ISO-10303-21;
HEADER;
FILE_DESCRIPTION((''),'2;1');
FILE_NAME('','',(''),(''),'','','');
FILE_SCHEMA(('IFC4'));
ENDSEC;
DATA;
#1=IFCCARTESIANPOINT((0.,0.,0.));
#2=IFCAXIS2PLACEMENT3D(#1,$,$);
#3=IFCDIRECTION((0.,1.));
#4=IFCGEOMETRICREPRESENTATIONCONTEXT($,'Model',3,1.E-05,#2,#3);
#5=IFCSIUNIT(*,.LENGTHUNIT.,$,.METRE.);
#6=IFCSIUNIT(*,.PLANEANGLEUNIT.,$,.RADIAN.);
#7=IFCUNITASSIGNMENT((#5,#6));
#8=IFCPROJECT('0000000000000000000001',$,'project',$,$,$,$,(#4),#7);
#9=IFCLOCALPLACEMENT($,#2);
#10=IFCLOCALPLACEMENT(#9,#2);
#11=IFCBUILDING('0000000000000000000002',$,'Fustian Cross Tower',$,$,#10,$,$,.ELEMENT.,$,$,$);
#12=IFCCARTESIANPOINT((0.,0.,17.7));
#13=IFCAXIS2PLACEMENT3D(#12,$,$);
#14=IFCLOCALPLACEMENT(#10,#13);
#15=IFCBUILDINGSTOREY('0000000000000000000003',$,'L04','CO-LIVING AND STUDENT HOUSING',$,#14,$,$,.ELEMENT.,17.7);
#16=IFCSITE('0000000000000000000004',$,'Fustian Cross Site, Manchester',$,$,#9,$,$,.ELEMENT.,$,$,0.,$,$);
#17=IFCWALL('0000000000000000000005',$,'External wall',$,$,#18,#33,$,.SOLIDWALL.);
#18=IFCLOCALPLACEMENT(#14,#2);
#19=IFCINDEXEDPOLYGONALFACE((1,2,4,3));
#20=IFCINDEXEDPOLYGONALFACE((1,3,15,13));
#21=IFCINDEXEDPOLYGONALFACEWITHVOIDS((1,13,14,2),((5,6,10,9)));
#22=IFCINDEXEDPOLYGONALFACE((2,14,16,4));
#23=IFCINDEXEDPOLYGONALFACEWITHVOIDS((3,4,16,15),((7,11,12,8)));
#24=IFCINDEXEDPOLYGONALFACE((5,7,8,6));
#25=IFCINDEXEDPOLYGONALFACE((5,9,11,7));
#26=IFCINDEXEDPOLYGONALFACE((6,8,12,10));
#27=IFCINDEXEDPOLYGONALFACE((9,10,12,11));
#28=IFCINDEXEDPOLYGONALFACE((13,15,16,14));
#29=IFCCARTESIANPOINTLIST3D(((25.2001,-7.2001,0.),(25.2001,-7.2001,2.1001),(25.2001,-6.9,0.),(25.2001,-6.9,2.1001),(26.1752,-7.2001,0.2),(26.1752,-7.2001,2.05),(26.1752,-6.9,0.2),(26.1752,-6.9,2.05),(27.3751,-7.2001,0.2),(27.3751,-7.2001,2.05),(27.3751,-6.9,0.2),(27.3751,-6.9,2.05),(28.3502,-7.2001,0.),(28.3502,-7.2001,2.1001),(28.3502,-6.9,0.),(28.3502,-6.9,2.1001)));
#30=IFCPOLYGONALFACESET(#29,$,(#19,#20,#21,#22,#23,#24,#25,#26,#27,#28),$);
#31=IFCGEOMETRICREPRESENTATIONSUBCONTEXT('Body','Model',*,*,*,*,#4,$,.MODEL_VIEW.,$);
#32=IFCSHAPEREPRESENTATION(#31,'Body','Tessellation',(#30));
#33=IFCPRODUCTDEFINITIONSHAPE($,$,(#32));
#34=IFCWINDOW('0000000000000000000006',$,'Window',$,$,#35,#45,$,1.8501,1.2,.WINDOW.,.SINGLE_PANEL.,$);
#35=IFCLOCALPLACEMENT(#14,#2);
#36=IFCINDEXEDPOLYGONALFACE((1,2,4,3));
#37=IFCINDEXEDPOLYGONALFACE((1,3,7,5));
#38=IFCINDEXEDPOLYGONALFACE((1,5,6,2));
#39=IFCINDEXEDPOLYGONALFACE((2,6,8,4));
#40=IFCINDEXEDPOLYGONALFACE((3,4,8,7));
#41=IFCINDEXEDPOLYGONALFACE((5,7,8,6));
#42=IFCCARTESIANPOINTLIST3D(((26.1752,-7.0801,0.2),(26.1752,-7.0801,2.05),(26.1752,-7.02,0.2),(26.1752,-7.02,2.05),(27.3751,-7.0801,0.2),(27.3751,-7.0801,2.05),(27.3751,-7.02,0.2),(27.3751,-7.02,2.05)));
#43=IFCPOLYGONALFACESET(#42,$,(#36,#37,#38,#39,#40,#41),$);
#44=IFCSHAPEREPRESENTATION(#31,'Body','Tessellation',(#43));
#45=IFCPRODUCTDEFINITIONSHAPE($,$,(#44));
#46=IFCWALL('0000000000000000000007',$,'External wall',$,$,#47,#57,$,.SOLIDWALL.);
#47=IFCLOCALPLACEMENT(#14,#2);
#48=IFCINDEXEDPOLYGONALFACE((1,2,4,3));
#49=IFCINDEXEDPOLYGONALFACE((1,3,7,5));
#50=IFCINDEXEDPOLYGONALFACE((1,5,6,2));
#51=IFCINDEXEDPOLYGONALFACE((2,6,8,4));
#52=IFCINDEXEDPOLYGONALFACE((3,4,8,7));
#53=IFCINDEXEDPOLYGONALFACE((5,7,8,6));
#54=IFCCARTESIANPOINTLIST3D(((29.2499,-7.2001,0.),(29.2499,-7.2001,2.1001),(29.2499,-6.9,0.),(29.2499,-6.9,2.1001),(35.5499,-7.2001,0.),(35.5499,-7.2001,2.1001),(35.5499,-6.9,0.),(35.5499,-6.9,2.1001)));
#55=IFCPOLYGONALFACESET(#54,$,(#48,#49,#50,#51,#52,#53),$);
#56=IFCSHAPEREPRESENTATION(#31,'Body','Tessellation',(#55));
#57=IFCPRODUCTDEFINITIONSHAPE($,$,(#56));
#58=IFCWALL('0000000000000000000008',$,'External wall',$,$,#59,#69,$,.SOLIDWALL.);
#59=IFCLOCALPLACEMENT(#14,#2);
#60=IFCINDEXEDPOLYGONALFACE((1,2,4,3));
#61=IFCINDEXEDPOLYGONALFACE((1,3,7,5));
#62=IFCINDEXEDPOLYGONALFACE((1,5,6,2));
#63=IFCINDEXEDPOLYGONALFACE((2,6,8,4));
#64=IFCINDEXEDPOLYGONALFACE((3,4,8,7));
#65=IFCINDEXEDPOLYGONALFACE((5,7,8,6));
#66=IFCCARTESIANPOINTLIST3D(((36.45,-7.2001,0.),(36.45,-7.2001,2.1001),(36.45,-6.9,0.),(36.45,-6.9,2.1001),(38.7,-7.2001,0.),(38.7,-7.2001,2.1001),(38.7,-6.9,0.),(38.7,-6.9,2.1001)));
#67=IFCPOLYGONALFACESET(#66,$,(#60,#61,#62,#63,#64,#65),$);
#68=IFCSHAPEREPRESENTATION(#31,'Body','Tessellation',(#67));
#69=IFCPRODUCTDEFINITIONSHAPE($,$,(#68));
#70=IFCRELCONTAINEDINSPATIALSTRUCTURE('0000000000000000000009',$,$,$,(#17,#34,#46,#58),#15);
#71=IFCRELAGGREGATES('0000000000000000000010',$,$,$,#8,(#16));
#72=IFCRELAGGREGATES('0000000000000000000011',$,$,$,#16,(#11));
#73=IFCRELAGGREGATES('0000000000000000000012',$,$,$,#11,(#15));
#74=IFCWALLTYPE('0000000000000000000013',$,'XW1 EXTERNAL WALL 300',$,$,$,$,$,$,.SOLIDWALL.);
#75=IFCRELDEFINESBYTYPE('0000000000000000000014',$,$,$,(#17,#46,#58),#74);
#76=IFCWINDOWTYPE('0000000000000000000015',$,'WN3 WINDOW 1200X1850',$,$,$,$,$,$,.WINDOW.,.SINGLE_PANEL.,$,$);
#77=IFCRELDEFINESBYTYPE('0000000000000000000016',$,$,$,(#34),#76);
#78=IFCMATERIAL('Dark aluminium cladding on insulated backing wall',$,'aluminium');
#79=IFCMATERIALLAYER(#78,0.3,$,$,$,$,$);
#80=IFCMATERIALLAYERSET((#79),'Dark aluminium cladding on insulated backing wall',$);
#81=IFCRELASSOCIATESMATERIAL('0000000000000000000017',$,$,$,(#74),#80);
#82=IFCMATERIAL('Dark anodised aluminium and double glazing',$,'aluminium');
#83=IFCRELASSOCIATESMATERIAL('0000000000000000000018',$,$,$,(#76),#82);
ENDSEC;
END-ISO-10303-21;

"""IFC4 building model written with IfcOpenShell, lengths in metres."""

from ifc_helpers import new_model, si_unit, direction, frame, frame_2d, origin, place, context, subcontext, project, spatial, rectangle, extrude, material, layer, layer_set, type_object, element, fill, save


model = new_model("IFC4")

# Units and contexts
model_context = context("Model", 3, precision=1e-05, world=origin(), true_north=direction((0.0, 1.0)))
body_context = subcontext(model_context, "Body", "Model", "MODEL_VIEW")
ifc_project = project(units=[si_unit("LENGTHUNIT", "METRE"), si_unit("PLANEANGLEUNIT", "RADIAN")], contexts=[model_context])

# Site, building, storey
site_placement = place(None, origin())
site = spatial("IfcSite", under=ifc_project, at=site_placement, Name="Fustian Cross Site, Manchester", CompositionType="ELEMENT", RefElevation=0.0)
building_placement = place(site_placement, origin())
building = spatial("IfcBuilding", under=site, at=building_placement, Name="Fustian Cross Tower", CompositionType="ELEMENT")
storey_placement = place(building_placement, frame((0.0, 0.0, 17.7)))
storey = spatial("IfcBuildingStorey", under=building, at=storey_placement, Name="L04", Description="CO-LIVING AND STUDENT HOUSING", CompositionType="ELEMENT", Elevation=17.7)

# Wall, opening, window
ifc_material_1 = material(Name="Dark aluminium cladding on insulated backing wall", Category="aluminium")
ifc_layer_1 = layer(ifc_material_1, 0.3)
ifc_layer_set_1 = layer_set([ifc_layer_1], Name="Dark aluminium cladding on insulated backing wall")
wall_type_1 = type_object("IfcWallType", Name="XW1 EXTERNAL WALL 300", PredefinedType="SOLIDWALL", material=ifc_layer_set_1)
ifc_material_2 = material(Name="Dark anodised aluminium and double glazing", Category="aluminium")
window_type = type_object("IfcWindowType", Name="WN3 WINDOW 1200X1850", PartitioningType="SINGLE_PANEL", PredefinedType="WINDOW", material=ifc_material_2)
wall_1_placement = place(storey_placement, frame((25.2, -7.05, 0.0), z_axis=(0.0, 0.0, 1.0), x_axis=(1.0, 0.0, 0.0)))
wall_1 = element("IfcWall", 1, at=wall_1_placement, inside=storey, type_object=wall_type_1, Name="External wall", PredefinedType="SOLIDWALL", context=body_context, shape_type="SweptSolid", body=[
    extrude(rectangle(XDim=3.1501, YDim=0.3, at=frame_2d((1.5752, 0.0))), origin(), (0.0, 0.0, 1.0), 2.1001),
])
opening_1_placement = place(wall_1_placement, frame((0.9751, 0.0, 0.2)))
opening_1 = element("IfcOpeningElement", 2, at=opening_1_placement, cuts=wall_1, PredefinedType="OPENING", context=body_context, shape_type="SweptSolid", body=[
    extrude(rectangle(XDim=1.2, YDim=1.8501, at=frame_2d((0.6001, 0.925))), frame((0.0, 0.1599, 0.0), z_axis=(0.0, -1.0, 0.0), x_axis=(1.0, 0.0, 0.0)), (0.0, 0.0, 1.0), 0.3201),
])
window_1_placement = place(opening_1_placement, origin())
window_1 = element("IfcWindow", 3, at=window_1_placement, inside=storey, type_object=window_type, Name="Window", OverallHeight=1.8501, OverallWidth=1.2, PartitioningType="SINGLE_PANEL", PredefinedType="WINDOW", context=body_context, shape_type="SweptSolid", body=[
    extrude(rectangle(XDim=1.2, YDim=1.8501, at=frame_2d((0.6001, 0.925))), frame((0.0, 0.03, 0.0), z_axis=(0.0, -1.0, 0.0), x_axis=(1.0, 0.0, 0.0)), (0.0, 0.0, 1.0), 0.0601),
])
fill(opening_1, window_1)

# Walls
wall_2_placement = place(storey_placement, frame((29.25, -7.05, 0.0), z_axis=(0.0, 0.0, 1.0), x_axis=(1.0, 0.0, 0.0)))
element("IfcWall", 4, at=wall_2_placement, inside=storey, type_object=wall_type_1, Name="External wall", PredefinedType="SOLIDWALL", context=body_context, shape_type="SweptSolid", body=[
    extrude(rectangle(XDim=6.3, YDim=0.3, at=frame_2d((3.1499, 0.0))), origin(), (0.0, 0.0, 1.0), 2.1001),
])
wall_3_placement = place(storey_placement, frame((36.45, -7.05, 0.0), z_axis=(0.0, 0.0, 1.0), x_axis=(1.0, 0.0, 0.0)))
element("IfcWall", 5, at=wall_3_placement, inside=storey, type_object=wall_type_1, Name="External wall", PredefinedType="SOLIDWALL", context=body_context, shape_type="SweptSolid", body=[
    extrude(rectangle(XDim=2.25, YDim=0.3, at=frame_2d((1.125, 0.0))), origin(), (0.0, 0.0, 1.0), 2.1001),
])

save(model, "model.ifc")
